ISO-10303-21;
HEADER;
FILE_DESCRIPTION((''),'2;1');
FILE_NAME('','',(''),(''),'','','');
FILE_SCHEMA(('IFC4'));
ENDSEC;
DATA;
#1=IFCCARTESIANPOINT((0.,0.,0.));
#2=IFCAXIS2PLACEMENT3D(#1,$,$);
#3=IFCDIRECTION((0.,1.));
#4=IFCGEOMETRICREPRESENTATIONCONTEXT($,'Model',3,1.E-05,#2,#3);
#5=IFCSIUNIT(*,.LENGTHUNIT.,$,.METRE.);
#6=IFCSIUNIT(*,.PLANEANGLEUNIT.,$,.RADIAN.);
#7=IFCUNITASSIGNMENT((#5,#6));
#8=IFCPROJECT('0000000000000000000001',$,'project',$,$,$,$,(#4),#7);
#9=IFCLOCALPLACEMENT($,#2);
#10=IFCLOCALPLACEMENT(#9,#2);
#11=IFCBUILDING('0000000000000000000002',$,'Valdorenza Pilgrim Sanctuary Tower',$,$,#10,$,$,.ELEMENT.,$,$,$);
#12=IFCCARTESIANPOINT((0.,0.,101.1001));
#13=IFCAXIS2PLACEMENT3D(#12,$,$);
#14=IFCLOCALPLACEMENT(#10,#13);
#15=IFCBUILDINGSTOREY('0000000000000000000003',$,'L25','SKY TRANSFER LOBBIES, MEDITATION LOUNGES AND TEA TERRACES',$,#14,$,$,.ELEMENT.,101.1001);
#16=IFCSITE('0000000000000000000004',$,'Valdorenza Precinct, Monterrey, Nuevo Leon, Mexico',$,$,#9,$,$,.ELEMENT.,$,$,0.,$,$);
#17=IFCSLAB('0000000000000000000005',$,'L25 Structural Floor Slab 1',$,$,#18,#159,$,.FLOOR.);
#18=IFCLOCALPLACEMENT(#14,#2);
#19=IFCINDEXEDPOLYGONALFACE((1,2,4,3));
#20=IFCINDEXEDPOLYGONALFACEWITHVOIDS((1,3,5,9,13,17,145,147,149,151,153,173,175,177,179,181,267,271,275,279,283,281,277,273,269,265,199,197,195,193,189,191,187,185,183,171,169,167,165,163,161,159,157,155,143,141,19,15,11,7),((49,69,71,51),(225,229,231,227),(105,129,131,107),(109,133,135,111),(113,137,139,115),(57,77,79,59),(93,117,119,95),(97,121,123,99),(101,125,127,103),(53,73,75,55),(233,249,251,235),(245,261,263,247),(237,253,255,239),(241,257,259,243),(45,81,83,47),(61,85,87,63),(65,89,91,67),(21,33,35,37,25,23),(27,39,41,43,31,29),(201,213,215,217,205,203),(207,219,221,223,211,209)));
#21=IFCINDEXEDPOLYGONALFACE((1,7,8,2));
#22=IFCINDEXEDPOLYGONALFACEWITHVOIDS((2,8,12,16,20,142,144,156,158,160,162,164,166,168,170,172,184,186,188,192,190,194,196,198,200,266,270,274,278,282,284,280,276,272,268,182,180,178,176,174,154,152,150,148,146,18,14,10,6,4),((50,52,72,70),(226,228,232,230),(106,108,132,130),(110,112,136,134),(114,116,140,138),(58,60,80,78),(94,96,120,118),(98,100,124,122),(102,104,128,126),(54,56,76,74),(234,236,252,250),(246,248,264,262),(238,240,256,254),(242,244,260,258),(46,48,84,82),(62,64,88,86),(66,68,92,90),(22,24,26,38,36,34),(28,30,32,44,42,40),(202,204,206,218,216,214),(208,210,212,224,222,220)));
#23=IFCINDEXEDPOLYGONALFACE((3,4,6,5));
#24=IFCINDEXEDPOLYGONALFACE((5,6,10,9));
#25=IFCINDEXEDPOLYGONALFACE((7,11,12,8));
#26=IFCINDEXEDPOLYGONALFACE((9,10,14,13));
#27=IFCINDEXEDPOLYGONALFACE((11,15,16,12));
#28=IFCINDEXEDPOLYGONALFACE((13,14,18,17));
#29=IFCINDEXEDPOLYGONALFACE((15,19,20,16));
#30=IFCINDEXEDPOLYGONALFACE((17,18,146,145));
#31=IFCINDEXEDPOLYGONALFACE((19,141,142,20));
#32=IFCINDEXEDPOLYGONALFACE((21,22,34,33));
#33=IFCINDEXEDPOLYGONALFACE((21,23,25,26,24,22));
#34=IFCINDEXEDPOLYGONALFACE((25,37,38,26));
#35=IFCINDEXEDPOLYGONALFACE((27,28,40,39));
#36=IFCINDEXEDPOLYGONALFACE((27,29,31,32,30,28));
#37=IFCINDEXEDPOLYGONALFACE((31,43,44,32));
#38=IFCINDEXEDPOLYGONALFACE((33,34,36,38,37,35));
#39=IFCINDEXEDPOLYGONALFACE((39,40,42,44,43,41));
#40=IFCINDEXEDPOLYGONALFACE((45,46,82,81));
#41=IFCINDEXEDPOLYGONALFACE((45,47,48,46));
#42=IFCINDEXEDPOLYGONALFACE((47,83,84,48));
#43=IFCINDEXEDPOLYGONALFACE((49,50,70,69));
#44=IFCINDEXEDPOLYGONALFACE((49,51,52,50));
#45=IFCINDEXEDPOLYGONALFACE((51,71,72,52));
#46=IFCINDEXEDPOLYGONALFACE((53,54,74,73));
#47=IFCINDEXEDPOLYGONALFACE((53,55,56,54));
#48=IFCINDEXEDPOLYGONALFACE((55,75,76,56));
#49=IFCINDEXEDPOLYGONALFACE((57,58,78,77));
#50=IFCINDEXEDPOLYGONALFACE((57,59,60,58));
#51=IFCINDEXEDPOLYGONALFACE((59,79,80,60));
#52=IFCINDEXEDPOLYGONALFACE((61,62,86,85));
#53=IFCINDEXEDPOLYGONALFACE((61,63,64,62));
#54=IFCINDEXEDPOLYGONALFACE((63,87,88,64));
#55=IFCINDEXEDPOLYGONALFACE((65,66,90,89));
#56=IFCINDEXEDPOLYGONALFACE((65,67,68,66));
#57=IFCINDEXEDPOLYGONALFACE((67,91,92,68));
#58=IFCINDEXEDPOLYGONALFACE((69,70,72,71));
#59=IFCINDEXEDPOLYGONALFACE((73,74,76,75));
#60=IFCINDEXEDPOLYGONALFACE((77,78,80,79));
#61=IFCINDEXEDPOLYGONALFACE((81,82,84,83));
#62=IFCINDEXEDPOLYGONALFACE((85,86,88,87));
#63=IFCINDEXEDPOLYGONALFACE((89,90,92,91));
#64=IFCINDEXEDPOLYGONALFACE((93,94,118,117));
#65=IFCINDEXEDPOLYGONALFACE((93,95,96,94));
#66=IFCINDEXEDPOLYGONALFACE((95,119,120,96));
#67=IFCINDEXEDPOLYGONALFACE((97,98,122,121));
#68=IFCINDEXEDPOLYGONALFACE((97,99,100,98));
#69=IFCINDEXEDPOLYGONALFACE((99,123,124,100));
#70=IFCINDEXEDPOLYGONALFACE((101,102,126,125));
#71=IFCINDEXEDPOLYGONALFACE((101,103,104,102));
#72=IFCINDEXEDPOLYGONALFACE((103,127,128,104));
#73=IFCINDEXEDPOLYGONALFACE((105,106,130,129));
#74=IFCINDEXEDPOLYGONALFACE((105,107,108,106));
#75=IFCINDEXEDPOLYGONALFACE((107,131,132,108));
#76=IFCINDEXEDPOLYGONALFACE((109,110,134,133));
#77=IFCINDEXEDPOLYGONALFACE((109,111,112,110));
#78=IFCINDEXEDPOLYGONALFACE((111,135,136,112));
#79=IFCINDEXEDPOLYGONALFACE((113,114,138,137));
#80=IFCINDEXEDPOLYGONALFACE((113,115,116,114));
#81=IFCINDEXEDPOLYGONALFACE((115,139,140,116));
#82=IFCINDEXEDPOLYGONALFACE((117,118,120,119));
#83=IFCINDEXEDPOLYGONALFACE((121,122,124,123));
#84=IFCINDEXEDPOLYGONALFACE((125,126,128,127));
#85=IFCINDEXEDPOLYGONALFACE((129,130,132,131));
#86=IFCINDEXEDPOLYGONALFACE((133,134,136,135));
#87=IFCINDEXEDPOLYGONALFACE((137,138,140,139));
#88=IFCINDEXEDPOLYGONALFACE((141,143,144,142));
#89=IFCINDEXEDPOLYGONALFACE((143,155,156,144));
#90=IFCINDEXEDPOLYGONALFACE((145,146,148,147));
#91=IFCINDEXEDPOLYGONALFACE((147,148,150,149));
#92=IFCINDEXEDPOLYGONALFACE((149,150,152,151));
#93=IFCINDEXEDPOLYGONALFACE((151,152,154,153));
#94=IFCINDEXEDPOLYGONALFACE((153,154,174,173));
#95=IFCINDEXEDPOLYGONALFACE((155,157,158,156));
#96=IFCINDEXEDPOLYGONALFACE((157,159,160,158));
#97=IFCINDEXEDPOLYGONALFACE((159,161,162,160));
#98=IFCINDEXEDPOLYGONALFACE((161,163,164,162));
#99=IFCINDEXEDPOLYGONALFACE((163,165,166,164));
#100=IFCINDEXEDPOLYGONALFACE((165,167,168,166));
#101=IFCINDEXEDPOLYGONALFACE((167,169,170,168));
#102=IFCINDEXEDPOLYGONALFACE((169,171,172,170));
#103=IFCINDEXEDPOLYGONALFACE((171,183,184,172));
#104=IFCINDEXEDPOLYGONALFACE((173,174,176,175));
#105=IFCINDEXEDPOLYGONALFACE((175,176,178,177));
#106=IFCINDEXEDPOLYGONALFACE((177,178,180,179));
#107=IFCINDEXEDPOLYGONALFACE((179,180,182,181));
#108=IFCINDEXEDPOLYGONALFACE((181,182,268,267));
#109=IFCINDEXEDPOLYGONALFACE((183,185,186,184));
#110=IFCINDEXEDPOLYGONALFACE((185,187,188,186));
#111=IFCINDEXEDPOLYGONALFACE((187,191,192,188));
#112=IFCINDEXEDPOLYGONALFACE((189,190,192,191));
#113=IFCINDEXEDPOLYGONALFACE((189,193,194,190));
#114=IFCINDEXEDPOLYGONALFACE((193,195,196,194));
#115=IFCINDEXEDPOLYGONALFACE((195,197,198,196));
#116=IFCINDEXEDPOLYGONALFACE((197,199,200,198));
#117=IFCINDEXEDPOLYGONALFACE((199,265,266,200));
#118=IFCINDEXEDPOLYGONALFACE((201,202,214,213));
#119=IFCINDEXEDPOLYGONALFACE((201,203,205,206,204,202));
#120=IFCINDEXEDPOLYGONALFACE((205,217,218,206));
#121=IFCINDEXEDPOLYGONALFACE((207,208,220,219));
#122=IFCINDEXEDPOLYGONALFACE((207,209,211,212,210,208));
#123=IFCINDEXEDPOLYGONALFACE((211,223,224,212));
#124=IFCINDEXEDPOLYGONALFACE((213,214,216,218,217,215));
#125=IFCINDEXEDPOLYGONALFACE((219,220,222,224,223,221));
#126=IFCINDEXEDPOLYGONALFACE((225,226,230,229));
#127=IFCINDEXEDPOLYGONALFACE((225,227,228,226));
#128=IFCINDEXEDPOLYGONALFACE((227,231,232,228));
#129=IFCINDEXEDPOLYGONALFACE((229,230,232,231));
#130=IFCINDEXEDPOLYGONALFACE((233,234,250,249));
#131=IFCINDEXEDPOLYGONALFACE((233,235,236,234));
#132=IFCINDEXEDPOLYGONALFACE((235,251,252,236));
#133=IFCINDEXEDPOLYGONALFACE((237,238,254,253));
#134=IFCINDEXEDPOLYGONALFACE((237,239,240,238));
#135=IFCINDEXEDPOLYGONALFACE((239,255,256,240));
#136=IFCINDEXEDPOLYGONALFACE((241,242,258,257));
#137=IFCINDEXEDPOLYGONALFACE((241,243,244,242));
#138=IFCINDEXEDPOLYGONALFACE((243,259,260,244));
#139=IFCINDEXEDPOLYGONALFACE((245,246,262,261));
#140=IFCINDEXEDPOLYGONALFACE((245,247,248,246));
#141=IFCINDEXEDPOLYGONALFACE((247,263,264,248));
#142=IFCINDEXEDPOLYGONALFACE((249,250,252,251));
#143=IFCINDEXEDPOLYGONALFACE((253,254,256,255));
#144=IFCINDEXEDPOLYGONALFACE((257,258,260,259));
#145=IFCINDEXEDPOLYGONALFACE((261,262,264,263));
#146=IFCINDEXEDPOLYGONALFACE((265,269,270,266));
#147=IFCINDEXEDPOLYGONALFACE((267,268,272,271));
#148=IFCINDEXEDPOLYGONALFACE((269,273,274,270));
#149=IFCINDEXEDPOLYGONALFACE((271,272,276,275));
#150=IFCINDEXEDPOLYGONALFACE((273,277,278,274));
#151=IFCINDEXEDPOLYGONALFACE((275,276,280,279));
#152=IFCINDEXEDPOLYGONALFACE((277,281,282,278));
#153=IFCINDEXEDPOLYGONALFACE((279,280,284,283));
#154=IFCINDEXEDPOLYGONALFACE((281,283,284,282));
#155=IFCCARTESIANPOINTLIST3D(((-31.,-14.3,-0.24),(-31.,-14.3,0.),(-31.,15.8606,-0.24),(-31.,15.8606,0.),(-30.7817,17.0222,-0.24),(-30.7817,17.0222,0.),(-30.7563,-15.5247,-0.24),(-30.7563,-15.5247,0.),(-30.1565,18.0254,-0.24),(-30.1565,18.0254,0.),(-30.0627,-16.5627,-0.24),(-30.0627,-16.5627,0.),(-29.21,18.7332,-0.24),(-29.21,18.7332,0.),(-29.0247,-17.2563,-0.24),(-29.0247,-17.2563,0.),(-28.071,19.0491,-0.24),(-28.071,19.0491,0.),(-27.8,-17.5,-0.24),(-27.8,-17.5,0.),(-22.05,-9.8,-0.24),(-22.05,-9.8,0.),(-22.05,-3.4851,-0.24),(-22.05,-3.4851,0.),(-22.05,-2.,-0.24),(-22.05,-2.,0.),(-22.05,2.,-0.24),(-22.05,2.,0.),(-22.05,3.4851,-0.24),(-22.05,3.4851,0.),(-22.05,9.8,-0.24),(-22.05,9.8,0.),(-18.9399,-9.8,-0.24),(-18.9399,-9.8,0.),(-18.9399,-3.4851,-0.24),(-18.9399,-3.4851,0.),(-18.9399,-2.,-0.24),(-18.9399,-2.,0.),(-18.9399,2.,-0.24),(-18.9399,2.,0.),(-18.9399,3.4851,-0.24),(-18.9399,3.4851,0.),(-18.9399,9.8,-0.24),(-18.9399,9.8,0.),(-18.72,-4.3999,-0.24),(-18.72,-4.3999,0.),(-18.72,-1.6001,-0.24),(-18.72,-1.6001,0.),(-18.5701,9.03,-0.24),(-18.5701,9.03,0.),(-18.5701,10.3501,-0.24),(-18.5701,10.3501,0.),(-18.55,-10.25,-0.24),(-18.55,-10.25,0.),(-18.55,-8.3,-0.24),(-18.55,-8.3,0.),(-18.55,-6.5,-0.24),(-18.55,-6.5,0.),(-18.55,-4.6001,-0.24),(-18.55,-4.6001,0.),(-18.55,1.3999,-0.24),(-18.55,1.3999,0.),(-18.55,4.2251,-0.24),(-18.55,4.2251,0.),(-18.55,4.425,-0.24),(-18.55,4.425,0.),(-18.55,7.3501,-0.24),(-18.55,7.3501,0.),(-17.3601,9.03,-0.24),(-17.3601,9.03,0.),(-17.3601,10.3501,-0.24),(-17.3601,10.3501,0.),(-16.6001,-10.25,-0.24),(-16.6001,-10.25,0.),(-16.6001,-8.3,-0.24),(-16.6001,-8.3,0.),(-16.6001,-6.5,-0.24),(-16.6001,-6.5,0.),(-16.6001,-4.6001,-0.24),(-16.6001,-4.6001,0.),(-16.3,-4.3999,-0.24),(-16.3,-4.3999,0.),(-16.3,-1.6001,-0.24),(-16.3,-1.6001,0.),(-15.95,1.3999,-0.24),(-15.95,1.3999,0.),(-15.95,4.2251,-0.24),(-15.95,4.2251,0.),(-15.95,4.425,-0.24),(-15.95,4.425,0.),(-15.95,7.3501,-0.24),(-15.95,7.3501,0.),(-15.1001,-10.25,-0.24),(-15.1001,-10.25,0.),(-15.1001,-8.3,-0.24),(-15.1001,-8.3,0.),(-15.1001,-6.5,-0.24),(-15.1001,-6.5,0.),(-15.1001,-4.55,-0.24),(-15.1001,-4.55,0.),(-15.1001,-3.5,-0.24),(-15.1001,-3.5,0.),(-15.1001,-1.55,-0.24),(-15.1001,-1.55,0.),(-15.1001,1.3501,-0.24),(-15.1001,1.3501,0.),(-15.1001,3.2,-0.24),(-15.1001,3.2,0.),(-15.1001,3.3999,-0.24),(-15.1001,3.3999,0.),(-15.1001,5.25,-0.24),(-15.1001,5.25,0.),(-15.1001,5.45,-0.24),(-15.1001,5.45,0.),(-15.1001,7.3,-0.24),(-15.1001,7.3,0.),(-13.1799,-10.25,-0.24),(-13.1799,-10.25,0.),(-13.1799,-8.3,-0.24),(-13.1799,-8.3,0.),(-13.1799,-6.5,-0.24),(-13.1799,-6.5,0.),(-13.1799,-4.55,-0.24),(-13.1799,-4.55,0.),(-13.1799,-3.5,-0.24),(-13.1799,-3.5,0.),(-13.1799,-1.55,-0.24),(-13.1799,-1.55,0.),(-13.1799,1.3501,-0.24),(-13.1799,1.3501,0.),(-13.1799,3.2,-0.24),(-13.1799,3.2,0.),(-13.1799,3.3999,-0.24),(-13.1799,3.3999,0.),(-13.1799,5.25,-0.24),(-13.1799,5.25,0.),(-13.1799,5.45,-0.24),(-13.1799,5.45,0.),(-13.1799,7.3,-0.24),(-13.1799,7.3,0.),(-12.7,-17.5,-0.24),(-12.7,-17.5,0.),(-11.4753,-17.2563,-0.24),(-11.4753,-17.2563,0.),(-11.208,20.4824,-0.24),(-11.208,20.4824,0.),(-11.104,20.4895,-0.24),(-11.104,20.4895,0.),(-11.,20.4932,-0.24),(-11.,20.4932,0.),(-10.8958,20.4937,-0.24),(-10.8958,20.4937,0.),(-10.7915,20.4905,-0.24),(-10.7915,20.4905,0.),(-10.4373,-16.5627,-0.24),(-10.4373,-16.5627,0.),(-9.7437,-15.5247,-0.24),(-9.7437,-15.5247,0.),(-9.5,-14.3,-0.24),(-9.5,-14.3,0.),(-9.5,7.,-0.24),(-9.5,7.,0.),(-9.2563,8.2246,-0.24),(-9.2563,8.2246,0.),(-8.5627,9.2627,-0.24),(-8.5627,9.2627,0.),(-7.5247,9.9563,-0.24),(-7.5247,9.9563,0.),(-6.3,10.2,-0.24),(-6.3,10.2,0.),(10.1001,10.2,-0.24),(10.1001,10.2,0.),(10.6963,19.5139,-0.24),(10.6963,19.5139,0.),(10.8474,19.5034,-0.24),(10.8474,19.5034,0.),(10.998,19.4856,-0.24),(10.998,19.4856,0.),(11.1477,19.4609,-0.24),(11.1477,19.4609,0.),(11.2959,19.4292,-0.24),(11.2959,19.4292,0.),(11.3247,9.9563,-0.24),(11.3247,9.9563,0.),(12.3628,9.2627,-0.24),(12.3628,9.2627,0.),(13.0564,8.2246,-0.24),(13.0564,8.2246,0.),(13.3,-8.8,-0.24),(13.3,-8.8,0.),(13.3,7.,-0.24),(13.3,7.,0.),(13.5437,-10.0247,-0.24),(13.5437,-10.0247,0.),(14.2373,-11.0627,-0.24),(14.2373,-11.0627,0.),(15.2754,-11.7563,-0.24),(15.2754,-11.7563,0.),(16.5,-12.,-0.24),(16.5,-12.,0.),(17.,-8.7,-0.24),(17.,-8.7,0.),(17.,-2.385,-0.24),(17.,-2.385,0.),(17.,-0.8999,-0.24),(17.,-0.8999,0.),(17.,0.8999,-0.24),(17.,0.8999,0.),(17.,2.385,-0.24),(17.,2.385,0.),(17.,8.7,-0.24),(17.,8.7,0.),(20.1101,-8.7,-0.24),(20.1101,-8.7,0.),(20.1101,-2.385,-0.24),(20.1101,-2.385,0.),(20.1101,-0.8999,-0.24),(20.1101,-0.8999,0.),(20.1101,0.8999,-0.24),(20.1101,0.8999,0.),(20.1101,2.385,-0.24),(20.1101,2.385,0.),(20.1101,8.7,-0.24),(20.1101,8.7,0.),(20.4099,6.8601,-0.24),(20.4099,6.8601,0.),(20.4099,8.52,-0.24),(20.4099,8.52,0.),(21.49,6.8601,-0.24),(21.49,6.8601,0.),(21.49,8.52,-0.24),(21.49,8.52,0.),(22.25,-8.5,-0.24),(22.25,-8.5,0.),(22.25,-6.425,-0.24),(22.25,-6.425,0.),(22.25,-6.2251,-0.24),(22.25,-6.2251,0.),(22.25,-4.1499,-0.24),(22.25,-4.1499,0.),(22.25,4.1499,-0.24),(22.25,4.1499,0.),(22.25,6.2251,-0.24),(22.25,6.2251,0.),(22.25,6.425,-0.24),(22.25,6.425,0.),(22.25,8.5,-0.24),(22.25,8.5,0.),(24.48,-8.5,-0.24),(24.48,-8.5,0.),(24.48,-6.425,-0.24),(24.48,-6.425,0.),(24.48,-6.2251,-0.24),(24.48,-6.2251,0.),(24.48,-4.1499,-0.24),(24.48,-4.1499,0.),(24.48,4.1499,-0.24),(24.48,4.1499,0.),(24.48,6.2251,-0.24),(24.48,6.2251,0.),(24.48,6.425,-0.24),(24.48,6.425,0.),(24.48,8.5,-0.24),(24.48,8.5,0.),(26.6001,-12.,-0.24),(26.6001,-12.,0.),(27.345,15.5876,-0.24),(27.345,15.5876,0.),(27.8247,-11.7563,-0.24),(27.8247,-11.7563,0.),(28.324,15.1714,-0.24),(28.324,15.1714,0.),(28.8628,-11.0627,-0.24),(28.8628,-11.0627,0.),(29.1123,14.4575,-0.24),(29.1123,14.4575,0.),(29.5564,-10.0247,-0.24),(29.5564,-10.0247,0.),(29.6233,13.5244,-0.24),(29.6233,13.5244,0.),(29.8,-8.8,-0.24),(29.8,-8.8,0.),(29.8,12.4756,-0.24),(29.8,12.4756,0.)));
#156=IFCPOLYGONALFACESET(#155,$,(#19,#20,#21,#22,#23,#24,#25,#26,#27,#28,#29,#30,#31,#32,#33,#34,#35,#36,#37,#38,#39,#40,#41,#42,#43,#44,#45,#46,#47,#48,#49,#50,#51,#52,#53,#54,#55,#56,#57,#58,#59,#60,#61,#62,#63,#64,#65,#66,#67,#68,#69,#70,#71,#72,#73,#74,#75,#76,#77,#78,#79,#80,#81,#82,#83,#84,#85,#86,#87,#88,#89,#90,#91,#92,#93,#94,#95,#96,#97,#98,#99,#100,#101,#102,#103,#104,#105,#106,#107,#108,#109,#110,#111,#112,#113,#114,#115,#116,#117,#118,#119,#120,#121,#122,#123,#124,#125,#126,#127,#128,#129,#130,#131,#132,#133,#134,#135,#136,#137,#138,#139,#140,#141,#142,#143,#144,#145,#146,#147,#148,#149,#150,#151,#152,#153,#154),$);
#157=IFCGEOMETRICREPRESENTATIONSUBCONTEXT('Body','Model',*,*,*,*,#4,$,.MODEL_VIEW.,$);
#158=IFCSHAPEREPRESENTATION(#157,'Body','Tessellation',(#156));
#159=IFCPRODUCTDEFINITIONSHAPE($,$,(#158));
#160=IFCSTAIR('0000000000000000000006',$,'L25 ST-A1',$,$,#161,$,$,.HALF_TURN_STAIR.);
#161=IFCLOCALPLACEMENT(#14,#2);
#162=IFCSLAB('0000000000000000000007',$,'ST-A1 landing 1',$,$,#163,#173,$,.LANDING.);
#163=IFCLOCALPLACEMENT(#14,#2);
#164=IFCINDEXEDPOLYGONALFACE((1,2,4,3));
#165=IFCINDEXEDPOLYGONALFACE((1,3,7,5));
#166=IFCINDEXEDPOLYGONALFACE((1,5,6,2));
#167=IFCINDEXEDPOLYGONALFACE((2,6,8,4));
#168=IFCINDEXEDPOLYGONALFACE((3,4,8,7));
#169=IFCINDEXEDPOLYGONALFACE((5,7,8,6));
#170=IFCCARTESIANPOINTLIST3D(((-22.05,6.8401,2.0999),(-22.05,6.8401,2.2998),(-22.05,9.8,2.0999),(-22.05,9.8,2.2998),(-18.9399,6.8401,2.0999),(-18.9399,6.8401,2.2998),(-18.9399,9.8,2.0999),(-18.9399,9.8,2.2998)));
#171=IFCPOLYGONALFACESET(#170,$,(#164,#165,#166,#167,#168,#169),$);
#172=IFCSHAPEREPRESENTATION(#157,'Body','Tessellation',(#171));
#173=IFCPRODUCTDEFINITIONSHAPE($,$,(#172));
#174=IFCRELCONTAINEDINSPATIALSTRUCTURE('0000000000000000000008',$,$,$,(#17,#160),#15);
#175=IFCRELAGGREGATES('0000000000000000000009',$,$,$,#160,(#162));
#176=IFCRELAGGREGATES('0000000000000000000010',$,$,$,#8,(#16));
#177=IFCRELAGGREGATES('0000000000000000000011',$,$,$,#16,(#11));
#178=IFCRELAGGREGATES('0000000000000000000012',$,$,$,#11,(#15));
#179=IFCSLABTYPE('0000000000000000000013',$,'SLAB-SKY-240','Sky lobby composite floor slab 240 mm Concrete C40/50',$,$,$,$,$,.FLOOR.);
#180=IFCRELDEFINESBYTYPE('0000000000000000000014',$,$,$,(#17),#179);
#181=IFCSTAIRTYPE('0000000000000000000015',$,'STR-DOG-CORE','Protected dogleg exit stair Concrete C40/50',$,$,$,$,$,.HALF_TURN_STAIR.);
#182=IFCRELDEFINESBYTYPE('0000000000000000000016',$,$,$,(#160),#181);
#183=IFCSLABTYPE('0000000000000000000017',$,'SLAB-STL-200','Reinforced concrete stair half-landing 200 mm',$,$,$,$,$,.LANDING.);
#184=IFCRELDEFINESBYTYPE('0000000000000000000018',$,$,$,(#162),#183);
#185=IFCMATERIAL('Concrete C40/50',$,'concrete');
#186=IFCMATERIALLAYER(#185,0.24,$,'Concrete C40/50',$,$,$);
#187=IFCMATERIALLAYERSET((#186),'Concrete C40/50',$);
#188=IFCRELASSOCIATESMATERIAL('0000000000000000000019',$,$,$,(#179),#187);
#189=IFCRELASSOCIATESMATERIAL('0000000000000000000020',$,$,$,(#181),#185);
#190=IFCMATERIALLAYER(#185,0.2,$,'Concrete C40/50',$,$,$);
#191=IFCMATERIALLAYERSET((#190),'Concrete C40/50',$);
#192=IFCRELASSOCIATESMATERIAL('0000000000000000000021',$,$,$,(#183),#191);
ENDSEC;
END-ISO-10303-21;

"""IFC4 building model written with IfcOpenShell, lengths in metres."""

from ifc_helpers import new_model, si_unit, direction, frame, origin, place, context, subcontext, project, spatial, polyline, outline, extrude, material, layer, layer_set, type_object, element, aggregate, save


model = new_model("IFC4")

# Units and contexts
model_context = context("Model", 3, precision=1e-05, world=origin(), true_north=direction((0.0, 1.0)))
body_context = subcontext(model_context, "Body", "Model", "MODEL_VIEW")
ifc_project = project(units=[si_unit("LENGTHUNIT", "METRE"), si_unit("PLANEANGLEUNIT", "RADIAN")], contexts=[model_context])

# Site, building, storey
site_placement = place(None, origin())
site = spatial("IfcSite", under=ifc_project, at=site_placement, Name="Valdorenza Precinct, Monterrey, Nuevo Leon, Mexico", CompositionType="ELEMENT", RefElevation=0.0)
building_placement = place(site_placement, origin())
building = spatial("IfcBuilding", under=site, at=building_placement, Name="Valdorenza Pilgrim Sanctuary Tower", CompositionType="ELEMENT")
storey_placement = place(building_placement, frame((0.0, 0.0, 101.1001)))
storey = spatial("IfcBuildingStorey", under=building, at=storey_placement, Name="L25", Description="SKY TRANSFER LOBBIES, MEDITATION LOUNGES AND TEA TERRACES", CompositionType="ELEMENT", Elevation=101.1001)

# Slab
ifc_material_1 = material(Name="Concrete C40/50", Category="concrete")
ifc_layer_1 = layer(ifc_material_1, 0.24, Name="Concrete C40/50")
ifc_layer_set_1 = layer_set([ifc_layer_1], Name="Concrete C40/50")
slab_type_1 = type_object("IfcSlabType", Name="SLAB-SKY-240", Description="Sky lobby composite floor slab 240 mm Concrete C40/50", PredefinedType="FLOOR", material=ifc_layer_set_1)
slab_1_placement = place(storey_placement, frame((0.0, 0.0, -0.24)))
element("IfcSlab", 1, at=slab_1_placement, inside=storey, type_object=slab_type_1, Name="L25 Structural Floor Slab 1", PredefinedType="FLOOR", context=body_context, shape_type="SweptSolid", body=[
    extrude(outline(polyline([(-31.0, 15.8606), (-30.7817, 17.0222), (-30.1565, 18.0254), (-29.21, 18.7332), (-28.071, 19.0491), (-11.208, 20.4824), (-11.104, 20.4895), (-11.0, 20.4932), (-10.8958, 20.4937), (-10.7915, 20.4905), (10.6963, 19.5139), (10.8474, 19.5034), (10.998, 19.4856), (11.1477, 19.4609), (11.2959, 19.4292), (27.345, 15.5876), (28.324, 15.1714), (29.1123, 14.4575), (29.6233, 13.5244), (29.8, 12.4756), (29.8, -8.8), (29.5564, -10.0247), (28.8628, -11.0627), (27.8247, -11.7563), (26.6001, -12.0), (16.5, -12.0), (15.2754, -11.7563), (14.2373, -11.0627), (13.5437, -10.0247), (13.3, -8.8), (13.3, 7.0), (13.0564, 8.2246), (12.3628, 9.2627), (11.3247, 9.9563), (10.1001, 10.2), (-6.3, 10.2), (-7.5247, 9.9563), (-8.5627, 9.2627), (-9.2563, 8.2246), (-9.5, 7.0), (-9.5, -14.3), (-9.7437, -15.5247), (-10.4373, -16.5627), (-11.4753, -17.2563), (-12.7, -17.5), (-27.8, -17.5), (-29.0247, -17.2563), (-30.0627, -16.5627), (-30.7563, -15.5247), (-31.0, -14.3), (-31.0, 15.8606)]), holes=[polyline([(-16.6001, -10.25), (-16.6001, -8.3), (-18.55, -8.3), (-18.55, -10.25), (-16.6001, -10.25)]), polyline([(-22.05, -9.8), (-18.9399, -9.8), (-18.9399, -3.4851), (-18.9399, -2.0), (-22.05, -2.0), (-22.05, -3.4851), (-22.05, -9.8)]), polyline([(-18.55, -6.5), (-16.6001, -6.5), (-16.6001, -4.6001), (-18.55, -4.6001), (-18.55, -6.5)]), polyline([(-13.1799, -6.5), (-13.1799, -4.55), (-15.1001, -4.55), (-15.1001, -6.5), (-13.1799, -6.5)]), polyline([(-18.72, -4.3999), (-16.3, -4.3999), (-16.3, -1.6001), (-18.72, -1.6001), (-18.72, -4.3999)]), polyline([(-13.1799, -3.5), (-13.1799, -1.55), (-15.1001, -1.55), (-15.1001, -3.5), (-13.1799, -3.5)]), polyline([(-22.05, 2.0), (-18.9399, 2.0), (-18.9399, 3.4851), (-18.9399, 9.8), (-22.05, 9.8), (-22.05, 3.4851), (-22.05, 2.0)]), polyline([(-18.55, 1.3999), (-15.95, 1.3999), (-15.95, 4.2251), (-18.55, 4.2251), (-18.55, 1.3999)]), polyline([(-15.95, 4.425), (-15.95, 7.3501), (-18.55, 7.3501), (-18.55, 4.425), (-15.95, 4.425)]), polyline([(-15.1001, 5.45), (-13.1799, 5.45), (-13.1799, 7.3), (-15.1001, 7.3), (-15.1001, 5.45)]), polyline([(-17.3601, 9.03), (-17.3601, 10.3501), (-18.5701, 10.3501), (-18.5701, 9.03), (-17.3601, 9.03)]), polyline([(-15.1001, -10.25), (-13.1799, -10.25), (-13.1799, -8.3), (-15.1001, -8.3), (-15.1001, -10.25)]), polyline([(22.25, -8.5), (24.48, -8.5), (24.48, -6.425), (22.25, -6.425), (22.25, -8.5)]), polyline([(17.0, -2.385), (17.0, -8.7), (20.1101, -8.7), (20.1101, -2.385), (20.1101, -0.8999), (17.0, -0.8999), (17.0, -2.385)]), polyline([(22.25, -6.2251), (24.48, -6.2251), (24.48, -4.1499), (22.25, -4.1499), (22.25, -6.2251)]), polyline([(17.0, 0.8999), (20.1101, 0.8999), (20.1101, 2.385), (20.1101, 8.7), (17.0, 8.7), (17.0, 2.385), (17.0, 0.8999)]), polyline([(-15.1001, 1.3501), (-13.1799, 1.3501), (-13.1799, 3.2), (-15.1001, 3.2), (-15.1001, 1.3501)]), polyline([(-15.1001, 3.3999), (-13.1799, 3.3999), (-13.1799, 5.25), (-15.1001, 5.25), (-15.1001, 3.3999)]), polyline([(22.25, 4.1499), (24.48, 4.1499), (24.48, 6.2251), (22.25, 6.2251), (22.25, 4.1499)]), polyline([(22.25, 6.425), (24.48, 6.425), (24.48, 8.5), (22.25, 8.5), (22.25, 6.425)]), polyline([(20.4099, 6.8601), (21.49, 6.8601), (21.49, 8.52), (20.4099, 8.52), (20.4099, 6.8601)])]), origin(), (0.0, 0.0, 1.0), 0.24),
])

# Stair, slab
stair_type = type_object("IfcStairType", Name="STR-DOG-CORE", Description="Protected dogleg exit stair Concrete C40/50", PredefinedType="HALF_TURN_STAIR", material=ifc_material_1)
stair_1_placement = place(storey_placement, origin())
stair_1 = element("IfcStair", 2, at=stair_1_placement, inside=storey, type_object=stair_type, Name="L25 ST-A1", PredefinedType="HALF_TURN_STAIR")
ifc_layer_2 = layer(ifc_material_1, 0.2, Name="Concrete C40/50")
ifc_layer_set_2 = layer_set([ifc_layer_2], Name="Concrete C40/50")
slab_type_2 = type_object("IfcSlabType", Name="SLAB-STL-200", Description="Reinforced concrete stair half-landing 200 mm", PredefinedType="LANDING", material=ifc_layer_set_2)
slab_2_placement = place(storey_placement, frame((0.0, 0.0, 2.0999)))
slab_2 = element("IfcSlab", 3, at=slab_2_placement, type_object=slab_type_2, Name="ST-A1 landing 1", PredefinedType="LANDING", context=body_context, shape_type="SweptSolid", body=[
    extrude(outline(polyline([(-18.9399, 6.8401), (-18.9399, 9.8), (-22.05, 9.8), (-22.05, 6.8401), (-18.9399, 6.8401)])), origin(), (0.0, 0.0, 1.0), 0.2),
])
aggregate(stair_1, [slab_2])

save(model, "model.ifc")
